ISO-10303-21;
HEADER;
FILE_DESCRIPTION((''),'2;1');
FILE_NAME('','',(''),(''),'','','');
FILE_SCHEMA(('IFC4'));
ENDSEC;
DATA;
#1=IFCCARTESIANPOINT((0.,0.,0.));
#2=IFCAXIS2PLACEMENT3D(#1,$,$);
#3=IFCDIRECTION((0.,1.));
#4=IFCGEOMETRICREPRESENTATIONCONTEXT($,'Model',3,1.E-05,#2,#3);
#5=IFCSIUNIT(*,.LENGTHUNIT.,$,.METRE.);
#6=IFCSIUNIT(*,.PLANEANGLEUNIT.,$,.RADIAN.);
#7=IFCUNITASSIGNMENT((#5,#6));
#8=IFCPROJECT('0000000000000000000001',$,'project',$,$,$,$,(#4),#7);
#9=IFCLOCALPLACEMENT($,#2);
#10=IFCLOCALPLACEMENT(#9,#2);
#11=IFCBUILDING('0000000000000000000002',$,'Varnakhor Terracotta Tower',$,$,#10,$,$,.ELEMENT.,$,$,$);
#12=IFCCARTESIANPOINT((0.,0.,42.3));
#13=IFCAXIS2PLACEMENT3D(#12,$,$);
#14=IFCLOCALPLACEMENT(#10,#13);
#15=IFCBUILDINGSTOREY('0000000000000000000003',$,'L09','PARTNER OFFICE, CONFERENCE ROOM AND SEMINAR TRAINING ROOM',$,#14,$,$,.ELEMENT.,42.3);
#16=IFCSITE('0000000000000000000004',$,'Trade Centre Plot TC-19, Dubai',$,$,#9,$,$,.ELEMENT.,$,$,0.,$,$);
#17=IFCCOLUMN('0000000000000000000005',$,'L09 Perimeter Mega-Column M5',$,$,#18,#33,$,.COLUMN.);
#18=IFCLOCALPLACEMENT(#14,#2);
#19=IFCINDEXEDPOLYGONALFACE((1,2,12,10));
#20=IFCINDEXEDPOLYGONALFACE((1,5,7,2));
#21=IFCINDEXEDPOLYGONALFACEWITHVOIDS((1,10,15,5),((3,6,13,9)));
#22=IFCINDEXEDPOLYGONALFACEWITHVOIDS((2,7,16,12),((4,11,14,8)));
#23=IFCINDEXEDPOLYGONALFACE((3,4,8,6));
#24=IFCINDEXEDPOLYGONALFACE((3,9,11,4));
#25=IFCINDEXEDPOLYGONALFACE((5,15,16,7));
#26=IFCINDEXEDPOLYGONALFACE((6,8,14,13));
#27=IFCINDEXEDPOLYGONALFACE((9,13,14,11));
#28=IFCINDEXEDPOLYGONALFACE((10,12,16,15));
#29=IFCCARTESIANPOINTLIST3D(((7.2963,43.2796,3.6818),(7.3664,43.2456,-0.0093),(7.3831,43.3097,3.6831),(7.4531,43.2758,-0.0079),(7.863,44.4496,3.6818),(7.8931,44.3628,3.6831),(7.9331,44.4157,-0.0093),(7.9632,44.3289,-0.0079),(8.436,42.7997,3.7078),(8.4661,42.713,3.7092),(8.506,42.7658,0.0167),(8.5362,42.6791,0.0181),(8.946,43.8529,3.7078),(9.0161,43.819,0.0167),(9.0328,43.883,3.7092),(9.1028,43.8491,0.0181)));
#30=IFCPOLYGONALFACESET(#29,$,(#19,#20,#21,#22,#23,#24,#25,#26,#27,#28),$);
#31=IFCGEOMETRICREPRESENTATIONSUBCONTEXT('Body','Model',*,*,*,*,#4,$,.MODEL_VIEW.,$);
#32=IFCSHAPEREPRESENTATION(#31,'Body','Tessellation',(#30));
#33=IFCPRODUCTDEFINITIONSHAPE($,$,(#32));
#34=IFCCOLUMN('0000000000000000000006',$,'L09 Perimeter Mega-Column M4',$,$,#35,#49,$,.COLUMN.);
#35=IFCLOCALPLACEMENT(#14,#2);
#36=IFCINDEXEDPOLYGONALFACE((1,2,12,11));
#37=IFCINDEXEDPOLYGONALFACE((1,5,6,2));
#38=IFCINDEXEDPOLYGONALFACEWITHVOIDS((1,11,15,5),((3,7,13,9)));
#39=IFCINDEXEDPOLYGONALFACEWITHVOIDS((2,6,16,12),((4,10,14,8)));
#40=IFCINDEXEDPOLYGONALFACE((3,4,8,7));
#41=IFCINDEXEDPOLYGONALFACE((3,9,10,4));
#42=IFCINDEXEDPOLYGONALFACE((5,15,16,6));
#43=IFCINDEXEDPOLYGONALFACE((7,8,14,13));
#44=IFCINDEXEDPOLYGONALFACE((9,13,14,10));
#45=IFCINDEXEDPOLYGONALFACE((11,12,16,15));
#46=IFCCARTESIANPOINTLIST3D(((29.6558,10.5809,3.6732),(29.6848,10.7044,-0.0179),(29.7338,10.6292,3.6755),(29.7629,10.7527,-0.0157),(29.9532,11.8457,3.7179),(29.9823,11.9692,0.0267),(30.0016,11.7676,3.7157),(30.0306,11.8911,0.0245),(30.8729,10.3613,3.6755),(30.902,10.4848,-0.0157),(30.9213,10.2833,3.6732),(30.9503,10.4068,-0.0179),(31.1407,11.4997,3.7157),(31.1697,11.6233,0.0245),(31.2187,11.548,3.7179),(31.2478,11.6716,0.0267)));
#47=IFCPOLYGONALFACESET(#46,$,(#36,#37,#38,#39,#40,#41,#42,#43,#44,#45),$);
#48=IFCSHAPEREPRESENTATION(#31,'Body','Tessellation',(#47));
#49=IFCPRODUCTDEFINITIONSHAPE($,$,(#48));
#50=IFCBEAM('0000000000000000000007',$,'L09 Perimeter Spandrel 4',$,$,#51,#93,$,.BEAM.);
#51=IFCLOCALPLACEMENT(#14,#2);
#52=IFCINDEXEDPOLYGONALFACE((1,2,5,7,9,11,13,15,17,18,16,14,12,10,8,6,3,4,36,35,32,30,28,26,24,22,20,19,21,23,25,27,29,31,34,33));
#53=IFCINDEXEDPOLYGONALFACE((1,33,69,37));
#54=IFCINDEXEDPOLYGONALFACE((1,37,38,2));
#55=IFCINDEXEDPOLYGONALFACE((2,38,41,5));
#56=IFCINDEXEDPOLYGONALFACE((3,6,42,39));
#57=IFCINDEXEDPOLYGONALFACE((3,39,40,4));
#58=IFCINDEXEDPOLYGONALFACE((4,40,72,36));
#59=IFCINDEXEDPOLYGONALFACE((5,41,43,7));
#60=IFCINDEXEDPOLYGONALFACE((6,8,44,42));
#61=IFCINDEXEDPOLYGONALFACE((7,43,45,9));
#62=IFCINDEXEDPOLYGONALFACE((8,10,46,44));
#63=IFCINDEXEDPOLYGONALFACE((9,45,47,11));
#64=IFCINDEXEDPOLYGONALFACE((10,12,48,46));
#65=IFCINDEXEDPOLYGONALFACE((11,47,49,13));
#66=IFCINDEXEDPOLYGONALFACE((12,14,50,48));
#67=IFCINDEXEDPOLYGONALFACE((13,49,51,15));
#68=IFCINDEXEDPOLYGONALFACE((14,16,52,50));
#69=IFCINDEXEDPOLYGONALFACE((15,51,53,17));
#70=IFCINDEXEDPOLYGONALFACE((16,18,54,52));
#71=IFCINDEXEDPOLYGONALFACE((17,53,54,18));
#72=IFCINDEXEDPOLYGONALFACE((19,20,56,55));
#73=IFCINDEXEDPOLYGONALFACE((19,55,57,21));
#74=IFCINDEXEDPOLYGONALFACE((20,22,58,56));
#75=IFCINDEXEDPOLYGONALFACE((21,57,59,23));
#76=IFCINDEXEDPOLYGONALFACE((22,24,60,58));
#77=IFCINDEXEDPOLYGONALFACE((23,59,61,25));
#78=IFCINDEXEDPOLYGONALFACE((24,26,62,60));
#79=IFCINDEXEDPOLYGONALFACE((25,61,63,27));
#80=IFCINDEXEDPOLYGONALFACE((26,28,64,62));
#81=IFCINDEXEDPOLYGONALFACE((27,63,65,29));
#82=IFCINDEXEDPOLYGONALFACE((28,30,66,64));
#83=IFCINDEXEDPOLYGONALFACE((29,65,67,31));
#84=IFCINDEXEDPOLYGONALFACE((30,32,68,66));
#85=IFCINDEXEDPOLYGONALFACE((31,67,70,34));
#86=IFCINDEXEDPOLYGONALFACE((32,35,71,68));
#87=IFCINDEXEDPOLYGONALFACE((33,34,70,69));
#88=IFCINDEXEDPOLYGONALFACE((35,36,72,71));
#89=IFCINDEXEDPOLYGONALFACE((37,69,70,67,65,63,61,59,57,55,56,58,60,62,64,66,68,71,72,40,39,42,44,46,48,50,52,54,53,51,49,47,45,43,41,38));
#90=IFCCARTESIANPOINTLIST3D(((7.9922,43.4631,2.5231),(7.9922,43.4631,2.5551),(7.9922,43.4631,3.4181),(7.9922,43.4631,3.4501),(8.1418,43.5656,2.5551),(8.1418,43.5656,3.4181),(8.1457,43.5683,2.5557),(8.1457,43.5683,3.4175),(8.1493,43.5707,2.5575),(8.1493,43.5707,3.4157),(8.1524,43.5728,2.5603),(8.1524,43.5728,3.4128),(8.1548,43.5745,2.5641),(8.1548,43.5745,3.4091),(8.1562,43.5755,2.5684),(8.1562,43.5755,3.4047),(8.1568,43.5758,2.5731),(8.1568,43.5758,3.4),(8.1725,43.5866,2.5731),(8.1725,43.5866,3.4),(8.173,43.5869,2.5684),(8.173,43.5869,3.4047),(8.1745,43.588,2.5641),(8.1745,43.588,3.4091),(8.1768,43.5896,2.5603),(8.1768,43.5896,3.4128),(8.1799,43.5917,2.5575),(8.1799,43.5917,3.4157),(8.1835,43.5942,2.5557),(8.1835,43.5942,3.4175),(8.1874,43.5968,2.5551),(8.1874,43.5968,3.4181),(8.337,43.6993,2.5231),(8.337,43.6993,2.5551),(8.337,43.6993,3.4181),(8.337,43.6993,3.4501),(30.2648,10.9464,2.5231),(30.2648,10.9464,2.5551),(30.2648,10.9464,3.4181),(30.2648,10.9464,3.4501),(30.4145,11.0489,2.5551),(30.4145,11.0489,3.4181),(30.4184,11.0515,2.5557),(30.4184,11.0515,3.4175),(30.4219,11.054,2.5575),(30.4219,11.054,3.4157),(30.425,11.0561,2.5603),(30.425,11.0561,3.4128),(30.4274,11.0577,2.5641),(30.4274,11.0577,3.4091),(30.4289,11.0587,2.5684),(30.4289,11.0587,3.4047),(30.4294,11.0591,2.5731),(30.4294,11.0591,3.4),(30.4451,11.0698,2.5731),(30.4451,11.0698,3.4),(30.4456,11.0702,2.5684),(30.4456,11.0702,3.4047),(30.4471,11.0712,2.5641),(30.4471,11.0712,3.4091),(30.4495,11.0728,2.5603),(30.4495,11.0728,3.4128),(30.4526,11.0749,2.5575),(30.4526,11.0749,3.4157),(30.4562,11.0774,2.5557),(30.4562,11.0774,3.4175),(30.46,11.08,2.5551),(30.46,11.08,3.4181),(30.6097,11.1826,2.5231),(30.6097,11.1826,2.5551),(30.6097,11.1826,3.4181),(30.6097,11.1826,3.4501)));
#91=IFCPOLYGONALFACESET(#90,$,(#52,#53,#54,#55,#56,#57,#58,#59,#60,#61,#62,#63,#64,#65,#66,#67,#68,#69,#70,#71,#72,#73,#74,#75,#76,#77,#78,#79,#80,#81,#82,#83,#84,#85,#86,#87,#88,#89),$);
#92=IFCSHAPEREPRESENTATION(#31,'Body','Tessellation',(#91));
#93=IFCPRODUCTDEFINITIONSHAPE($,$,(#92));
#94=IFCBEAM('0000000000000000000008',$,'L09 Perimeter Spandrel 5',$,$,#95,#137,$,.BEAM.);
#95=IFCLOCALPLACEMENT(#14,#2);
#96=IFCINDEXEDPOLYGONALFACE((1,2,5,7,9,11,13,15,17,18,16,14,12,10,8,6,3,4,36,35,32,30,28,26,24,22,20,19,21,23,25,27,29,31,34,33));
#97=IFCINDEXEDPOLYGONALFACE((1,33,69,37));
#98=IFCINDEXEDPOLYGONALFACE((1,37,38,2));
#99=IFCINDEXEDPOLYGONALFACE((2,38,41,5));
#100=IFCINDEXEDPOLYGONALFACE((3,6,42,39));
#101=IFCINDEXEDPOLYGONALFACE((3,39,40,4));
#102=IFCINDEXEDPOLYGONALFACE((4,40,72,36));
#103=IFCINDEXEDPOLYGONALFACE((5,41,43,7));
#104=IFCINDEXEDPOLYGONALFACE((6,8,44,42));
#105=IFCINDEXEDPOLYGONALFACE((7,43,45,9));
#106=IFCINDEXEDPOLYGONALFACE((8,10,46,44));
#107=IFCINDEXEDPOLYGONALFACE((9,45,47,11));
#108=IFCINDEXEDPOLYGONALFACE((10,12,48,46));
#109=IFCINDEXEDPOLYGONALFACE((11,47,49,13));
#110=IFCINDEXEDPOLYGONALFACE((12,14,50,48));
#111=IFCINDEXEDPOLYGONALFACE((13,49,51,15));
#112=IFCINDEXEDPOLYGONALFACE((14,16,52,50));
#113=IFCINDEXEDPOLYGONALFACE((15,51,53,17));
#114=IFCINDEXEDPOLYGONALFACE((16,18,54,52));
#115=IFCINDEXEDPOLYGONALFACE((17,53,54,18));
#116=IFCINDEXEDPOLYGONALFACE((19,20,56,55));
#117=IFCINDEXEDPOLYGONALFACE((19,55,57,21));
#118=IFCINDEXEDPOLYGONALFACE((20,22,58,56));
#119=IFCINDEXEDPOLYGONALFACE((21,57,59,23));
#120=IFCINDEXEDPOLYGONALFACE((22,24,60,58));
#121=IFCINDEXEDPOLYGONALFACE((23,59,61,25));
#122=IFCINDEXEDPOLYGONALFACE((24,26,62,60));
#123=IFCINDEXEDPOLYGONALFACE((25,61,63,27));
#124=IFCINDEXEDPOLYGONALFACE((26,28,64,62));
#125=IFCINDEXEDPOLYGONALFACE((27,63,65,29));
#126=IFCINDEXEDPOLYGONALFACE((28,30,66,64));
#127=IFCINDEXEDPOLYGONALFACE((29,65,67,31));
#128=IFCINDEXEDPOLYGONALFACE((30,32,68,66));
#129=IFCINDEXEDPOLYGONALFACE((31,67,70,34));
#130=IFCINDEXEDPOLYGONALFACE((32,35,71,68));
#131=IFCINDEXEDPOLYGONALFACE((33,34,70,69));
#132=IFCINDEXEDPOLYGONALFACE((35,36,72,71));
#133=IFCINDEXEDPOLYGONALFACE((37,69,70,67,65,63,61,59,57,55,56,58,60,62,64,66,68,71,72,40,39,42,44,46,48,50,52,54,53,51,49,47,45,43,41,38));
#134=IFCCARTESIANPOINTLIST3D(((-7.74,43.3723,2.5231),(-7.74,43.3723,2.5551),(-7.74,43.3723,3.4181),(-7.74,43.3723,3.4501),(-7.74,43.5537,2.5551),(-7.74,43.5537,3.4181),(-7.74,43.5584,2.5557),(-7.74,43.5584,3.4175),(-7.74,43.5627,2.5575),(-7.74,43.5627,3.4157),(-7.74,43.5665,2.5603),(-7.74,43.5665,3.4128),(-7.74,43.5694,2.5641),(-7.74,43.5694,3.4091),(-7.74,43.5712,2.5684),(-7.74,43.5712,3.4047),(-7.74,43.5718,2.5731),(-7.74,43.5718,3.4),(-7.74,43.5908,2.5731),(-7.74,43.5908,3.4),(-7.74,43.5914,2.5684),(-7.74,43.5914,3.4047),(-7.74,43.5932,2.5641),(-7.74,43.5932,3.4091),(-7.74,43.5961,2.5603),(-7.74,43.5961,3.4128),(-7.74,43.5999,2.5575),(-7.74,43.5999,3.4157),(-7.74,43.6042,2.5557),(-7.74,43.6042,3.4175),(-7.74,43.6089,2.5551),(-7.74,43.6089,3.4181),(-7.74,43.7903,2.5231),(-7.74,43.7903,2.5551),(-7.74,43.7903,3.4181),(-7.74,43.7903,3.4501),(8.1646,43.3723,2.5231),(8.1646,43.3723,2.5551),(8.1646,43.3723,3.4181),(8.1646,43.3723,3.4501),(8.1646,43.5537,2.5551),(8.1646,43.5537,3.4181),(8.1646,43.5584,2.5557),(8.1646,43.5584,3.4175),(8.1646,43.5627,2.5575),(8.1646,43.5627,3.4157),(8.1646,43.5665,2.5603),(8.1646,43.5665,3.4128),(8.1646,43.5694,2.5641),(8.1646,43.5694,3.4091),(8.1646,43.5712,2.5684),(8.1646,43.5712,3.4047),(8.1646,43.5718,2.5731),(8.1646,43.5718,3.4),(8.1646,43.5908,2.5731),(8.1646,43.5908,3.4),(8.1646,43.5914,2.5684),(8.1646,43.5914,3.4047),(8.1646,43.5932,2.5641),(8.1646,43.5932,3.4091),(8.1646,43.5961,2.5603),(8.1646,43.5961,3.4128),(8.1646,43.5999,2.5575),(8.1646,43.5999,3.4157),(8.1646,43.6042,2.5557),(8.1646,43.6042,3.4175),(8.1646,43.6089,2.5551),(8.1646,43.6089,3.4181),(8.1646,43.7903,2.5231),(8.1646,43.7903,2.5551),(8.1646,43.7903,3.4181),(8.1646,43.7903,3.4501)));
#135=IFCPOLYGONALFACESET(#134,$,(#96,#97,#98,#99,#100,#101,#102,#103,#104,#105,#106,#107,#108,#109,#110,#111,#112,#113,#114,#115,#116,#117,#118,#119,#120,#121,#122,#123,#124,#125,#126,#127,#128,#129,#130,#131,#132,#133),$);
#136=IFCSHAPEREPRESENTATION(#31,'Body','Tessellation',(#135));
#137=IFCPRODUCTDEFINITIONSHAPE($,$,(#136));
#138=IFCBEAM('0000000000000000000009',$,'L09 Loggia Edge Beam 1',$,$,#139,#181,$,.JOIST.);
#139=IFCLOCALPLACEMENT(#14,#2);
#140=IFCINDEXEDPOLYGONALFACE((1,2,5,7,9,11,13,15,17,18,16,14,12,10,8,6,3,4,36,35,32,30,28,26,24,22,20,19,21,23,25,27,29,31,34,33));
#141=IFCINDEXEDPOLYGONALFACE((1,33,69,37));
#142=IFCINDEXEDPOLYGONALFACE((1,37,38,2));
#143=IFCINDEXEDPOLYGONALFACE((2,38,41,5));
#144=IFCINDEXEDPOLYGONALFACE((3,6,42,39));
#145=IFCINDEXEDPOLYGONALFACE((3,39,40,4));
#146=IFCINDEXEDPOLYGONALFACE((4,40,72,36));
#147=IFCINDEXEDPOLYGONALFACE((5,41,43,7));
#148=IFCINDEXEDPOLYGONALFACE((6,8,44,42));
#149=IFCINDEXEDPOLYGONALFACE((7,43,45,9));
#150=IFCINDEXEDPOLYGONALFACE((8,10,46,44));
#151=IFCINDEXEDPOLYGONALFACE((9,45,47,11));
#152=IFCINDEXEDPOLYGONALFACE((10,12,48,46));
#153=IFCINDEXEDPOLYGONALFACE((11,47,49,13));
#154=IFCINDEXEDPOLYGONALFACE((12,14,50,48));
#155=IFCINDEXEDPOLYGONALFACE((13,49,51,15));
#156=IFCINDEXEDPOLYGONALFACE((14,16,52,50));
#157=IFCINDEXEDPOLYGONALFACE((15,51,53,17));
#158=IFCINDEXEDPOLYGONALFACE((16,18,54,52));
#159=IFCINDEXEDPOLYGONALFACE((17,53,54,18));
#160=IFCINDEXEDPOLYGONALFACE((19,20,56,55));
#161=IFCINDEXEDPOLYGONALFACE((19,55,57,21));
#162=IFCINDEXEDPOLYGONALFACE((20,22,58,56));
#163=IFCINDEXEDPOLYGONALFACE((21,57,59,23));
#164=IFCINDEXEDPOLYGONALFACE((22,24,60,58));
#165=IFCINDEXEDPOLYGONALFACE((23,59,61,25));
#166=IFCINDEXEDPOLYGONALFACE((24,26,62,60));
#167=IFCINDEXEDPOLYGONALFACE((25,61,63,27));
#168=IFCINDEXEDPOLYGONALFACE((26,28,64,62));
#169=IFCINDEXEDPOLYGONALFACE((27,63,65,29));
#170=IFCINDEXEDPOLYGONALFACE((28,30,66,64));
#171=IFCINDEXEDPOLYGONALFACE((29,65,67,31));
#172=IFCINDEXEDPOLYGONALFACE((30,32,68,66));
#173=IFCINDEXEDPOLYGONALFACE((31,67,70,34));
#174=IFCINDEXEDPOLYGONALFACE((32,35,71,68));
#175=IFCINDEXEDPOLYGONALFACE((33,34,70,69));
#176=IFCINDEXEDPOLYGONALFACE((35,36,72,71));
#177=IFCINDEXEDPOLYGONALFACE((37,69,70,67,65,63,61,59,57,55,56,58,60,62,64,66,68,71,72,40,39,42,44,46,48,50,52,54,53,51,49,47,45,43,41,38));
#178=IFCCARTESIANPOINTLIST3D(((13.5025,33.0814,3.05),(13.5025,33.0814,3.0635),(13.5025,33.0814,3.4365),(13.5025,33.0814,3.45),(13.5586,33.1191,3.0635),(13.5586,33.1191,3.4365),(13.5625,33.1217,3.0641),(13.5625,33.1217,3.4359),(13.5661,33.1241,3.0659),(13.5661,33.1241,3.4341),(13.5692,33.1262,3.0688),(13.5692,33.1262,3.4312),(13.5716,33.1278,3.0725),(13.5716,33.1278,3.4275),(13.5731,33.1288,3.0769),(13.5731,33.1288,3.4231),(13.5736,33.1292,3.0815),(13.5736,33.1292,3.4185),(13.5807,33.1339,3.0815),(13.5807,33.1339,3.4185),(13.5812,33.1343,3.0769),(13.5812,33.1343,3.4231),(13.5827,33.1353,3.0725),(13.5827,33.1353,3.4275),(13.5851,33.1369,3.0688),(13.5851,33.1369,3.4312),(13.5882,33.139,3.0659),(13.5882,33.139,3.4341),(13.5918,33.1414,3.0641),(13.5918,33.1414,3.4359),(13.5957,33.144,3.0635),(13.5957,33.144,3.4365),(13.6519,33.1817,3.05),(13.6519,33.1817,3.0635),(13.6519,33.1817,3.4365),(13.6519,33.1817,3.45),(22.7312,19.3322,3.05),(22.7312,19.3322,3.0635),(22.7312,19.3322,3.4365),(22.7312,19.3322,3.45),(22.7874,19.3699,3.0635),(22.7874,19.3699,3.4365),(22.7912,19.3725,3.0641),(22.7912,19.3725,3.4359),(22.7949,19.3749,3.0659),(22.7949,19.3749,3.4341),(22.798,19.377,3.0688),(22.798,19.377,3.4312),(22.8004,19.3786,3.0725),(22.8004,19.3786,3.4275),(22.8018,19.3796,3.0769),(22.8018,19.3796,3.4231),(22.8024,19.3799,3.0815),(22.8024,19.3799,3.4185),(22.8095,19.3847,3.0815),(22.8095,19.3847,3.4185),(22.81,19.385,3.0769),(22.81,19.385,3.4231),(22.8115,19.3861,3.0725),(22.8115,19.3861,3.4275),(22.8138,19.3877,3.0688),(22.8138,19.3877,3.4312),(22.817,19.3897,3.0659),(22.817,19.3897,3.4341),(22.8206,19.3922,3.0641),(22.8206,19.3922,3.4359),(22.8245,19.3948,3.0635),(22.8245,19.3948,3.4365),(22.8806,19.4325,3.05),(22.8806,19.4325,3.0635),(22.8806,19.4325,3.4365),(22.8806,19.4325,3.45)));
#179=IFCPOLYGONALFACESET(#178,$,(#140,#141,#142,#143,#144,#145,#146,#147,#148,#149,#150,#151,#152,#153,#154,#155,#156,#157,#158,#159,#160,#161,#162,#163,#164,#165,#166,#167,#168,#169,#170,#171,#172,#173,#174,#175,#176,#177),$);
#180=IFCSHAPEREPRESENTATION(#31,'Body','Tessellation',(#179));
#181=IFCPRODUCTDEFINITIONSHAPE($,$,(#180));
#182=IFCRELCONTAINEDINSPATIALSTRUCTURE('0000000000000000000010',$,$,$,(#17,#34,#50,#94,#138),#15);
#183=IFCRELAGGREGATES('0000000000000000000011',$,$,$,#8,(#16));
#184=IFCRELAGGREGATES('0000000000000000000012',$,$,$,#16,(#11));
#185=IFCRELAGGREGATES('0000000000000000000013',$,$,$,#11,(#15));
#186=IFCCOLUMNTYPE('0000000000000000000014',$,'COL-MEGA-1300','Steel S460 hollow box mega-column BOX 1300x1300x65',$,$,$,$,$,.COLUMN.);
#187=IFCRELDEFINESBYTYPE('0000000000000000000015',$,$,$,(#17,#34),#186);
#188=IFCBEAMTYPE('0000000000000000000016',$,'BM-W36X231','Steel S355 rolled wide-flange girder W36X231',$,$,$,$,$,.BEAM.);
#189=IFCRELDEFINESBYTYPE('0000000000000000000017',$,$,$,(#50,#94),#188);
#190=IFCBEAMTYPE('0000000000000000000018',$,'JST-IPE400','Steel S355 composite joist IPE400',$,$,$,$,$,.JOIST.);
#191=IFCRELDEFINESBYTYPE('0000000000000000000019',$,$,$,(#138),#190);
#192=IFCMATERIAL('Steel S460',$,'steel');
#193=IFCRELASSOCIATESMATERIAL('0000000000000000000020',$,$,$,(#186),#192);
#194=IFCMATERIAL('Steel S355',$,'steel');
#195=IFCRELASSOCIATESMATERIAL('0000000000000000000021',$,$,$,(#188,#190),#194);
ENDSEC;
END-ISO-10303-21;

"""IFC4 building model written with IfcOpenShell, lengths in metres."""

from ifc_helpers import new_model, si_unit, direction, frame, origin, origin_2d, place, context, subcontext, project, spatial, hollow_rectangle, i_section, extrude, source, transform, mapped, material, material_profile, profile_set, type_object, type_shapes, element, save


model = new_model("IFC4")

# Units and contexts
model_context = context("Model", 3, precision=1e-05, world=origin(), true_north=direction((0.0, 1.0)))
body_context = subcontext(model_context, "Body", "Model", "MODEL_VIEW")
ifc_project = project(units=[si_unit("LENGTHUNIT", "METRE"), si_unit("PLANEANGLEUNIT", "RADIAN")], contexts=[model_context])

# Site, building, storey
site_placement = place(None, origin())
site = spatial("IfcSite", under=ifc_project, at=site_placement, Name="Trade Centre Plot TC-19, Dubai", CompositionType="ELEMENT", RefElevation=0.0)
building_placement = place(site_placement, origin())
building = spatial("IfcBuilding", under=site, at=building_placement, Name="Varnakhor Terracotta Tower", CompositionType="ELEMENT")
storey_placement = place(building_placement, frame((0.0, 0.0, 42.3)))
storey = spatial("IfcBuildingStorey", under=building, at=storey_placement, Name="L09", Description="PARTNER OFFICE, CONFERENCE ROOM AND SEMINAR TRAINING ROOM", CompositionType="ELEMENT", Elevation=42.3)

# Columns
ifc_material_1 = material(Name="Steel S460", Category="steel")
ifc_material_profile_1 = material_profile(ifc_material_1, hollow_rectangle(XDim=1.3, YDim=1.3, WallThickness=0.0649, at=origin_2d()), Name="BOX 1300x1300x65")
ifc_profile_set_1 = profile_set([ifc_material_profile_1], Name="Steel S460")
column_type = type_object("IfcColumnType", Name="COL-MEGA-1300", Description="Steel S460 hollow box mega-column BOX 1300x1300x65", PredefinedType="COLUMN", material=ifc_profile_set_1)
shared_shape_1 = source(origin(), body_context, "Body", "SweptSolid", [
    extrude(hollow_rectangle(XDim=1.3, YDim=1.3, WallThickness=0.0649, at=origin_2d()), origin(), (0.0, 0.0, 1.0), 3.6919),
])
type_shapes(column_type, [shared_shape_1])
column_1_placement = place(storey_placement, frame((8.2346, 43.5474, 0.0044), z_axis=(-0.018979, 0.009192, 0.999778), x_axis=(-0.435889, -0.900001, 0.0)))
element("IfcColumn", 1, at=column_1_placement, inside=storey, type_object=column_type, Name="L09 Perimeter Mega-Column M5", PredefinedType="COLUMN", context=body_context, shape_type="MappedRepresentation", body=[
    mapped(shared_shape_1, transform((0.0, 0.0, 0.0), scale=1.0)),
])
shared_shape_2 = source(origin(), body_context, "Body", "SweptSolid", [
    extrude(hollow_rectangle(XDim=1.3, YDim=1.3, WallThickness=0.0649, at=origin_2d()), origin(), (0.0, 0.0, 1.0), 3.6934),
])
column_2_placement = place(storey_placement, frame((30.4663, 11.188, 0.0044), z_axis=(-0.007866, -0.033448, 0.99941), x_axis=(0.973442, -0.228932, 0.0)))
element("IfcColumn", 2, at=column_2_placement, inside=storey, type_object=column_type, Name="L09 Perimeter Mega-Column M4", PredefinedType="COLUMN", context=body_context, shape_type="MappedRepresentation", body=[
    mapped(shared_shape_2, transform((0.0, 0.0, 0.0), scale=1.0)),
])

# Beams
ifc_material_2 = material(Name="Steel S355", Category="steel")
ifc_material_profile_2 = material_profile(ifc_material_2, i_section(OverallWidth=0.418, OverallDepth=0.927, WebThickness=0.019, FlangeThickness=0.032, FilletRadius=0.0181, at=origin_2d()), Name="W36X231")
ifc_profile_set_2 = profile_set([ifc_material_profile_2], Name="Steel S355")
beam_type_1 = type_object("IfcBeamType", Name="BM-W36X231", Description="Steel S355 rolled wide-flange girder W36X231", PredefinedType="BEAM", material=ifc_profile_set_2)
shared_shape_3 = source(origin(), body_context, "Body", "SweptSolid", [
    extrude(i_section(OverallWidth=0.418, OverallDepth=0.927, WebThickness=0.019, FlangeThickness=0.032, FilletRadius=0.0181, at=origin_2d()), origin(), (0.0, 0.0, 1.0), 39.4133),
])
beam_1_placement = place(storey_placement, frame((30.4373, 11.0645, 2.9866), z_axis=(-0.565104, 0.825019, 0.0), x_axis=(-0.825019, -0.565104, 0.0)))
element("IfcBeam", 3, at=beam_1_placement, inside=storey, type_object=beam_type_1, Name="L09 Perimeter Spandrel 4", PredefinedType="BEAM", context=body_context, shape_type="MappedRepresentation", body=[
    mapped(shared_shape_3, transform((0.0, 0.0, 0.0), scale=1.0)),
])
shared_shape_4 = source(origin(), body_context, "Body", "SweptSolid", [
    extrude(i_section(OverallWidth=0.418, OverallDepth=0.927, WebThickness=0.019, FlangeThickness=0.032, FilletRadius=0.0181, at=origin_2d()), origin(), (0.0, 0.0, 1.0), 15.9045),
])
beam_2_placement = place(storey_placement, frame((8.1646, 43.5813, 2.9866), z_axis=(-1.0, 0.0, 0.0), x_axis=(0.0, -1.0, 0.0)))
element("IfcBeam", 4, at=beam_2_placement, inside=storey, type_object=beam_type_1, Name="L09 Perimeter Spandrel 5", PredefinedType="BEAM", context=body_context, shape_type="MappedRepresentation", body=[
    mapped(shared_shape_4, transform((0.0, 0.0, 0.0), scale=1.0)),
])
ifc_material_profile_3 = material_profile(ifc_material_2, i_section(OverallWidth=0.1799, OverallDepth=0.3999, WebThickness=0.0085, FlangeThickness=0.0134, FilletRadius=0.0181, at=origin_2d()), Name="IPE400")
ifc_profile_set_3 = profile_set([ifc_material_profile_3], Name="Steel S355")
beam_type_2 = type_object("IfcBeamType", Name="JST-IPE400", Description="Steel S355 composite joist IPE400", PredefinedType="JOIST", material=ifc_profile_set_3)
shared_shape_5 = source(origin(), body_context, "Body", "SweptSolid", [
    extrude(i_section(OverallWidth=0.1799, OverallDepth=0.3999, WebThickness=0.0085, FlangeThickness=0.0134, FilletRadius=0.0181, at=origin_2d()), origin(), (0.0, 0.0, 1.0), 16.5593),
])
beam_3_placement = place(storey_placement, frame((22.8059, 19.3823, 3.25), z_axis=(-0.557314, 0.830302, 0.0), x_axis=(-0.830302, -0.557314, 0.0)))
element("IfcBeam", 5, at=beam_3_placement, inside=storey, type_object=beam_type_2, Name="L09 Loggia Edge Beam 1", PredefinedType="JOIST", context=body_context, shape_type="MappedRepresentation", body=[
    mapped(shared_shape_5, transform((0.0, 0.0, 0.0), scale=1.0)),
])

save(model, "model.ifc")
